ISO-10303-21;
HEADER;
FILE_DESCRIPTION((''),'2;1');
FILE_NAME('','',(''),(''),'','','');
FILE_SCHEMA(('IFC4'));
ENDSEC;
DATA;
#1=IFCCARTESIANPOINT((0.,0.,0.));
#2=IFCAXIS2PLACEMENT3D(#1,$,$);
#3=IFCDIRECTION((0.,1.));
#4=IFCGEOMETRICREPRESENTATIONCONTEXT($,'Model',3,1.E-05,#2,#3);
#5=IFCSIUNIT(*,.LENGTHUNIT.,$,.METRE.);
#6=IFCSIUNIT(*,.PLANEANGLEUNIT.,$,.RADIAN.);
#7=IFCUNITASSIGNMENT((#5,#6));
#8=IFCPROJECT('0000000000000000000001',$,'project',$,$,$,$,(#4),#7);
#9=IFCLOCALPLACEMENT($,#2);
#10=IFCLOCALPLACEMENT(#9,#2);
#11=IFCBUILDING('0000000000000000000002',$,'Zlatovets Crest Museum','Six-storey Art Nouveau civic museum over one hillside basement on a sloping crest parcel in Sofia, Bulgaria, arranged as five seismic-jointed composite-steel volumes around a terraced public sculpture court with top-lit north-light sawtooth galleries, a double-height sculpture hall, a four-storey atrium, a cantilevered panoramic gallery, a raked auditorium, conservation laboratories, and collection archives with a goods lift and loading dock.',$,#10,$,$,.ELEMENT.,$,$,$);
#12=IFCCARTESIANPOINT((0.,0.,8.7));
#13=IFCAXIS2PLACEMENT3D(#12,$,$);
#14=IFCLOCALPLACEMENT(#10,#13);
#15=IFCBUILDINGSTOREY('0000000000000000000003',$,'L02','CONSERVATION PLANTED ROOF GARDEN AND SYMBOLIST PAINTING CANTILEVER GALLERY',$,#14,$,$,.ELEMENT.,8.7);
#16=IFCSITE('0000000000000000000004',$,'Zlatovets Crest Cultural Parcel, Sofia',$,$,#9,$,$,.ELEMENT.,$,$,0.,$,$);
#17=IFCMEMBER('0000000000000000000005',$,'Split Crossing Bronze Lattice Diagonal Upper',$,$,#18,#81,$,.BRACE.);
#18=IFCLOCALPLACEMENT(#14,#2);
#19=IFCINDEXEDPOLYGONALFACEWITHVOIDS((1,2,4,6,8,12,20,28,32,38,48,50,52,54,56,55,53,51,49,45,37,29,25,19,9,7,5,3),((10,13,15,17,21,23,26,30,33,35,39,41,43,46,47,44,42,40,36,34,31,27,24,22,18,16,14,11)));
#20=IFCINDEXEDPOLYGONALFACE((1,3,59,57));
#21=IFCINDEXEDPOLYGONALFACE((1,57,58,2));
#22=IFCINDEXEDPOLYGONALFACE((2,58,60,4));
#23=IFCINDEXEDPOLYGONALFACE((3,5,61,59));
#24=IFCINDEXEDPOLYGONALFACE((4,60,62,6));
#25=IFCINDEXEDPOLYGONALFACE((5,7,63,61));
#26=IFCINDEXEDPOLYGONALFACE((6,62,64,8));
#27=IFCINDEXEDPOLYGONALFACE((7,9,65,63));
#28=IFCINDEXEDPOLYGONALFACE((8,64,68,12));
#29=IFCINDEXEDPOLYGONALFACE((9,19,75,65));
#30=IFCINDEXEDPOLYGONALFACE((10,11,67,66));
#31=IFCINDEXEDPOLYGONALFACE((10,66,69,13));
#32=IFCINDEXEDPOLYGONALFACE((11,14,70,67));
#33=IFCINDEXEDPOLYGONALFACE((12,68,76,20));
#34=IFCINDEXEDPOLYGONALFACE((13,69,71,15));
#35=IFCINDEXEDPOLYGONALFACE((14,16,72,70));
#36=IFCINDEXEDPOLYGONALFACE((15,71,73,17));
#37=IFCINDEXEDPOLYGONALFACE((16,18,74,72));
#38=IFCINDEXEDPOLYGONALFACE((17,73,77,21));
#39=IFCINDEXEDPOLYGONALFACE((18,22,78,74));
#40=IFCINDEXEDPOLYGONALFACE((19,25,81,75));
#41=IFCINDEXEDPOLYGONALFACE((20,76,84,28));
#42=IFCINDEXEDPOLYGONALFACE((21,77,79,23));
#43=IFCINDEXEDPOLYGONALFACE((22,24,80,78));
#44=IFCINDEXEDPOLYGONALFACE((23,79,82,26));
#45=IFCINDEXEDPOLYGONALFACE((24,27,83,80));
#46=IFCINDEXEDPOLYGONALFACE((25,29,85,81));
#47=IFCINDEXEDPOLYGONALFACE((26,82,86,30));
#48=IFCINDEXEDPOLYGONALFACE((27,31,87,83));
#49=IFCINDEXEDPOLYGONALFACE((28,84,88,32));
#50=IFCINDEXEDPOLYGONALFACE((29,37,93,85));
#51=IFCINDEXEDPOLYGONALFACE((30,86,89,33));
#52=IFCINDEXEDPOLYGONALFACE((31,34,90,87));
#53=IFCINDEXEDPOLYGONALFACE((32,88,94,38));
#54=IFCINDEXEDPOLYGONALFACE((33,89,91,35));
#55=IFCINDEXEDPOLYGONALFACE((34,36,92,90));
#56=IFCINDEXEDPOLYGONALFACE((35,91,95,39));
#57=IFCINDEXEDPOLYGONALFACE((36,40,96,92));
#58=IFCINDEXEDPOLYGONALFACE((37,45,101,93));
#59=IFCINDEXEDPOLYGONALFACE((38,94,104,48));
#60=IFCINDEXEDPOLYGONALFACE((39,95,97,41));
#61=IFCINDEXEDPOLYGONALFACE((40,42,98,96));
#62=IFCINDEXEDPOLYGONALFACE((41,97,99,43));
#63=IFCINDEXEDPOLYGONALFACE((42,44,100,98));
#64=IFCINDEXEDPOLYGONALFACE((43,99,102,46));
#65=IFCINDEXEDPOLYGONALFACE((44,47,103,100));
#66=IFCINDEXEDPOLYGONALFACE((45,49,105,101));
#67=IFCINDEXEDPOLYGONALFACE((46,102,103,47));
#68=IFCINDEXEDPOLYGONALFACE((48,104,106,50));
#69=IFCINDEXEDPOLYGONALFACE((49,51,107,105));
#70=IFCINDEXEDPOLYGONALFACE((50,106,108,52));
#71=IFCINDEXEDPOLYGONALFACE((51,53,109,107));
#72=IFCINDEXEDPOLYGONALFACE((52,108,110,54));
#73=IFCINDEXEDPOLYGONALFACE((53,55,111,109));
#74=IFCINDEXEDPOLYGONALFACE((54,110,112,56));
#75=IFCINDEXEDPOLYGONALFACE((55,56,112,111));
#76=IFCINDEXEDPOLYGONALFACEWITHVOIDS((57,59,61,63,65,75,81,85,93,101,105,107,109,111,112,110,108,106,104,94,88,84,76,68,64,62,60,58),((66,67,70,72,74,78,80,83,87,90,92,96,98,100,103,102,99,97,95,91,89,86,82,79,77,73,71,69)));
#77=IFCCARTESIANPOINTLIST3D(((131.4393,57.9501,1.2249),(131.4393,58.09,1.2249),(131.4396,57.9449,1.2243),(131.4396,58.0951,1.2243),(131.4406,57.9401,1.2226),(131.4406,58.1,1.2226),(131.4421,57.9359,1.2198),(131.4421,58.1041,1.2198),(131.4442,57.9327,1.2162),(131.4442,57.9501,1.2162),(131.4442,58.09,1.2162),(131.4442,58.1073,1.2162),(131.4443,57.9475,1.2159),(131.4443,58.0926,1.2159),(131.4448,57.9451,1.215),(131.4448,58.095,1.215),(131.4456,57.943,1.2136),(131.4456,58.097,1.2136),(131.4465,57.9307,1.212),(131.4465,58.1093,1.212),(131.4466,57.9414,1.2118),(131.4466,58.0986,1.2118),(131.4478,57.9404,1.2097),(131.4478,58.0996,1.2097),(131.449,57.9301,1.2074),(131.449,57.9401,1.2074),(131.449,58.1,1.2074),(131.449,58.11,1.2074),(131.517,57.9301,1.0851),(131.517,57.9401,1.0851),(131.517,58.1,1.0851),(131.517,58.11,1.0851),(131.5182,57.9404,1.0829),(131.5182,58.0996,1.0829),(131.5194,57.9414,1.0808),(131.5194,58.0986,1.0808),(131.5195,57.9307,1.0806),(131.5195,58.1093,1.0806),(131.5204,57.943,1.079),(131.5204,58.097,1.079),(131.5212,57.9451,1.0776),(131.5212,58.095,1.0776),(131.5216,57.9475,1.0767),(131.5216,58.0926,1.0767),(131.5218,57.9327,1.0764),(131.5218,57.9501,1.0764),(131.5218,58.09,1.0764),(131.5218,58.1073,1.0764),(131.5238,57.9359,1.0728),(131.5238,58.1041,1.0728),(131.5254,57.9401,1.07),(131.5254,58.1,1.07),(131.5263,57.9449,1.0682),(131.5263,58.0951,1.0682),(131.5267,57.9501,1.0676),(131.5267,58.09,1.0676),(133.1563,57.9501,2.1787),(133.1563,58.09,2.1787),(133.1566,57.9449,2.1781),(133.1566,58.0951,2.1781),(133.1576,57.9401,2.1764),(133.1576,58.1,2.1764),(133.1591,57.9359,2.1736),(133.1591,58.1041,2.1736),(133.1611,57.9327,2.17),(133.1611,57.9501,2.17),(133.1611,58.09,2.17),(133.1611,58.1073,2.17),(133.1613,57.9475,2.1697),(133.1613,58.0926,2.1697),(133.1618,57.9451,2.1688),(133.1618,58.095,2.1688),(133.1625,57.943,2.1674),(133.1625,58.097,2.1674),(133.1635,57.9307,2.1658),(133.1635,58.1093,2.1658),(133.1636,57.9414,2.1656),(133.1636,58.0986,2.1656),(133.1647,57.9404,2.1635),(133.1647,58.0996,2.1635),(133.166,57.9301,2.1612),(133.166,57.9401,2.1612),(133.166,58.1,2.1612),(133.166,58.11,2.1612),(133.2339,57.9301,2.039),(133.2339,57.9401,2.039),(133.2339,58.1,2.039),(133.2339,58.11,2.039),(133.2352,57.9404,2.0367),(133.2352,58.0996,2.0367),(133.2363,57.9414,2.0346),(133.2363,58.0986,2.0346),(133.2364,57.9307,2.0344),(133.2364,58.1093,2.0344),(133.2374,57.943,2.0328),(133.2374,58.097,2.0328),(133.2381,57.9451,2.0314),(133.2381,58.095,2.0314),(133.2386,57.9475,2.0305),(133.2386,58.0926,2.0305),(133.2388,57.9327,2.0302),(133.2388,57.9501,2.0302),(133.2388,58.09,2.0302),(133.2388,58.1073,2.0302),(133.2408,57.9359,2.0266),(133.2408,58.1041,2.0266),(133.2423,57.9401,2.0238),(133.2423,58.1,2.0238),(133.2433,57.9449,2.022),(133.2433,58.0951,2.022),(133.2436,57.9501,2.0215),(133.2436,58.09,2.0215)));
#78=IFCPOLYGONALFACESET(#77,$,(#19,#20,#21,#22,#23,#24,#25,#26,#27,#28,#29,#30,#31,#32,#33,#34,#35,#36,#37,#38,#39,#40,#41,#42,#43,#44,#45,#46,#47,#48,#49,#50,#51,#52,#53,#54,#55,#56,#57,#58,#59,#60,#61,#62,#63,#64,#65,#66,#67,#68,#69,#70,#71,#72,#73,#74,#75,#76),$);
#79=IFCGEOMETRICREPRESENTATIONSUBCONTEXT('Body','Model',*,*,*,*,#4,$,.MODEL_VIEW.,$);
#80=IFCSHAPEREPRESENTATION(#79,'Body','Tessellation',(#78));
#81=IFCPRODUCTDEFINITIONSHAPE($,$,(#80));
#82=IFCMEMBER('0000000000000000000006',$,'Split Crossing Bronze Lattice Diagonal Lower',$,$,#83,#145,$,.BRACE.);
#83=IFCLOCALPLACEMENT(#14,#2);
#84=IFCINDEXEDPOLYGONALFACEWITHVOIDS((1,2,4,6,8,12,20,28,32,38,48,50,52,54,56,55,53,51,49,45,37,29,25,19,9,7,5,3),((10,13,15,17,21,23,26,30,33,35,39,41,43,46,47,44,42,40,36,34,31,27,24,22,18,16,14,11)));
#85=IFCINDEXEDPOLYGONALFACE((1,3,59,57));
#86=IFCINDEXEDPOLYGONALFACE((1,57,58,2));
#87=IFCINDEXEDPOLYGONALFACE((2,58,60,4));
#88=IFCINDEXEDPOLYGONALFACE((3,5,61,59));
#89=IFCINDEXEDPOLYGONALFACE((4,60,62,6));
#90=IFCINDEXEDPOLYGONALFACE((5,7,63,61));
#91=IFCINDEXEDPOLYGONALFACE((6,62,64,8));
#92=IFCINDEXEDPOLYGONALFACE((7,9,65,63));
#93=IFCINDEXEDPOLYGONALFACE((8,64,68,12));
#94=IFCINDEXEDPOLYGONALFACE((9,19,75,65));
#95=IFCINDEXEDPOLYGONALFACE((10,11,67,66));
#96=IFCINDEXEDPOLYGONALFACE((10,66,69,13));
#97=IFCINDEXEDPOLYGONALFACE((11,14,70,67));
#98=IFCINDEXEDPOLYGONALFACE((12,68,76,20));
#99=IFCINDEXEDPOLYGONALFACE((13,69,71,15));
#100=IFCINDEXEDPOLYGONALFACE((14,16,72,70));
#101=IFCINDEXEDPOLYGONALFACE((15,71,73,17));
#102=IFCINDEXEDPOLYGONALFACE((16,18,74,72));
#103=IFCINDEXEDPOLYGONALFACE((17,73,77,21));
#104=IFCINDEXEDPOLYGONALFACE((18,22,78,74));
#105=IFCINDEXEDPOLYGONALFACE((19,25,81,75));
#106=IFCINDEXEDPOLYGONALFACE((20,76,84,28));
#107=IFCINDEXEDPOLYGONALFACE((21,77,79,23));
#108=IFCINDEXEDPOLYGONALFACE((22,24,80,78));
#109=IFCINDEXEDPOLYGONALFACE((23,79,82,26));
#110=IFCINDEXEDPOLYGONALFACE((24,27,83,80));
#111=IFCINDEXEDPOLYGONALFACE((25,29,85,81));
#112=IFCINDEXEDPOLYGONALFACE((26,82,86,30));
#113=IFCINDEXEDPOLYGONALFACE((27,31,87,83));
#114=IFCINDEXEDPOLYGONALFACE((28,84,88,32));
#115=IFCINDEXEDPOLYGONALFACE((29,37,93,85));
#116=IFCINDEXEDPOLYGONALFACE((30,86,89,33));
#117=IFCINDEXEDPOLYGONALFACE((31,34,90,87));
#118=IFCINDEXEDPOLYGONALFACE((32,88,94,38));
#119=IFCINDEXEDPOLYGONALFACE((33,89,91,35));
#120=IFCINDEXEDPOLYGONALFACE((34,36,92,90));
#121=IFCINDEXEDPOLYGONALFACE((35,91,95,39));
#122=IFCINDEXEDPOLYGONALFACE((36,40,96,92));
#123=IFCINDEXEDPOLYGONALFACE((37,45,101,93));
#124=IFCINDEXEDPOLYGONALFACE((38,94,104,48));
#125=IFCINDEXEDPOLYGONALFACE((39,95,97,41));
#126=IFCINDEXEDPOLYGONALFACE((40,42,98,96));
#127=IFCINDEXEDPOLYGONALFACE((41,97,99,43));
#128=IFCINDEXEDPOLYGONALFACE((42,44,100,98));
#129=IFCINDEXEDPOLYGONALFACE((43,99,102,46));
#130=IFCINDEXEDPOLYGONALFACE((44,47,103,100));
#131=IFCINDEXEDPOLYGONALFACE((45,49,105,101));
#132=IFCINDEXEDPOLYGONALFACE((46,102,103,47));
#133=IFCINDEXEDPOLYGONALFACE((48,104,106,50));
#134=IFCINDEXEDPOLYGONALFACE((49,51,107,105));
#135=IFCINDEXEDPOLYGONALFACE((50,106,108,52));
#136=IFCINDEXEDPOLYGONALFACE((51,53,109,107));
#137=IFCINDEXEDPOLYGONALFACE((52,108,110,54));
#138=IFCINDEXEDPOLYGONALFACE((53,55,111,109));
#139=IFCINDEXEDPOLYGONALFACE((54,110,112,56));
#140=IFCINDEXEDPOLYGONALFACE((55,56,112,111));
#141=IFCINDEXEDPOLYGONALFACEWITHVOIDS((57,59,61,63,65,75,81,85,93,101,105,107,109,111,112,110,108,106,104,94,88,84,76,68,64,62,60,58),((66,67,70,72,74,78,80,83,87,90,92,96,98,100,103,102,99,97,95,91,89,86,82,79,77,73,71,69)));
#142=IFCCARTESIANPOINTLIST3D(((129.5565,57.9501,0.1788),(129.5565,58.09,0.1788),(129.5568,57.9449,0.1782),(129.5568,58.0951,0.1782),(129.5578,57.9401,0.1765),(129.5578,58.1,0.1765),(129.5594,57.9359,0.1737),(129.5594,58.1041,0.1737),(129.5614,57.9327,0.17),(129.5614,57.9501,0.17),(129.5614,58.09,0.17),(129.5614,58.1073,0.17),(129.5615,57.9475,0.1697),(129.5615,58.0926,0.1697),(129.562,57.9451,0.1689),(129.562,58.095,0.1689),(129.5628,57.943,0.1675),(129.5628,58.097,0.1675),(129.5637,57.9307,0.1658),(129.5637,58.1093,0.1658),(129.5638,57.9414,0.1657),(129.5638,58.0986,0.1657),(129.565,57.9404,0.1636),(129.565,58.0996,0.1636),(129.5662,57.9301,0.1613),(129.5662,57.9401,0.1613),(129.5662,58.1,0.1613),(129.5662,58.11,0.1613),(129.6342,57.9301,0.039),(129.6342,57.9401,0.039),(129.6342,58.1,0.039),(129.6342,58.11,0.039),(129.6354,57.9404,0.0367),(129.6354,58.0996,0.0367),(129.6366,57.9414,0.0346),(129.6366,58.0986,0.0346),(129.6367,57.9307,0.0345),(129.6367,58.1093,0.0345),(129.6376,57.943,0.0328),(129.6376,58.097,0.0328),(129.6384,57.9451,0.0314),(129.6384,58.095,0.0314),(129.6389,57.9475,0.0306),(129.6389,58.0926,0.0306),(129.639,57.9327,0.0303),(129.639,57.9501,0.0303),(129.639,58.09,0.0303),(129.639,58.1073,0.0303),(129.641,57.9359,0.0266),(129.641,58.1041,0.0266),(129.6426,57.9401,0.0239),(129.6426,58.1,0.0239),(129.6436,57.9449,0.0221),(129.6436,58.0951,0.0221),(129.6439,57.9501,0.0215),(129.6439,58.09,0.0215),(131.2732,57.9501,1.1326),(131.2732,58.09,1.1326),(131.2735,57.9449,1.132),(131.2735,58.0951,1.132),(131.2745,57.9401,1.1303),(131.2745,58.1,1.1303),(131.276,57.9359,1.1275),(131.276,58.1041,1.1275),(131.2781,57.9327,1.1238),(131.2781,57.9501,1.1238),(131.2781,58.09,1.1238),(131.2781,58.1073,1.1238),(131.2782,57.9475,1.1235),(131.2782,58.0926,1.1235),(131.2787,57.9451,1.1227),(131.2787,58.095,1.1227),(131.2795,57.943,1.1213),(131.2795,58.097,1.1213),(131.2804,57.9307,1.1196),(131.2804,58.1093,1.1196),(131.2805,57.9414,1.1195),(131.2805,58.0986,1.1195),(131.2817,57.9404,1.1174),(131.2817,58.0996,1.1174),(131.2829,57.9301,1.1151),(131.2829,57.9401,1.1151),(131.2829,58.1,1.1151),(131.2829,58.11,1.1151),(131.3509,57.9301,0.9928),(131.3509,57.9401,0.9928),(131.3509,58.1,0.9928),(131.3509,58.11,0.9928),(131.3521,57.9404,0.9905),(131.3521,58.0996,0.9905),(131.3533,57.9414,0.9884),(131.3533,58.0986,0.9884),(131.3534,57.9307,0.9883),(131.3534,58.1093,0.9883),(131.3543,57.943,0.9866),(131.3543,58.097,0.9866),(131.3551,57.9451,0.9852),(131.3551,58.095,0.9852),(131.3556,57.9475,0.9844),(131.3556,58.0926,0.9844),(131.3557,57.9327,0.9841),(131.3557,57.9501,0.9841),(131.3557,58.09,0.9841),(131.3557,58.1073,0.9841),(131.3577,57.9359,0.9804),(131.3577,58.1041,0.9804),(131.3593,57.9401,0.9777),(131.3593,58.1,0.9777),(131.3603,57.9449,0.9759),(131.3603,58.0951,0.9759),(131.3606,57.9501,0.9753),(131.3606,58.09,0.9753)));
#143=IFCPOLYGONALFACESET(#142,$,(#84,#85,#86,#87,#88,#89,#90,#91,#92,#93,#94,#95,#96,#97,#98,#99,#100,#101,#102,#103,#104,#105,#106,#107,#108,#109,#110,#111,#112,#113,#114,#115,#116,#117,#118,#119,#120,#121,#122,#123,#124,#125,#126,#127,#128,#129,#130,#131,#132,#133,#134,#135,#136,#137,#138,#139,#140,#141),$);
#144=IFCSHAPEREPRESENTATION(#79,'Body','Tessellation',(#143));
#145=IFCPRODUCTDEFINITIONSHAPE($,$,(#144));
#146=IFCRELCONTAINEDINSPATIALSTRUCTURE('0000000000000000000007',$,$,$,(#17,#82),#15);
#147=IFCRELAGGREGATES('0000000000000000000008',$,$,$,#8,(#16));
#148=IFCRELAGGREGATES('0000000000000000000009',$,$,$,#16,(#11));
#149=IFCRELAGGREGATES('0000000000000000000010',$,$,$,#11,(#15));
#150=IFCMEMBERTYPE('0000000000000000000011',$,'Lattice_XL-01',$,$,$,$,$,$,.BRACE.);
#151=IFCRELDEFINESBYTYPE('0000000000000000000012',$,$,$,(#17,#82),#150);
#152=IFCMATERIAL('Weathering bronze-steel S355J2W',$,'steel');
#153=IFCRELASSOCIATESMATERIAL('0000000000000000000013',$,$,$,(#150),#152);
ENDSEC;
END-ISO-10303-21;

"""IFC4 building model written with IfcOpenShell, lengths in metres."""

from ifc_helpers import new_model, si_unit, direction, frame, origin, origin_2d, place, context, subcontext, project, spatial, hollow_rectangle, extrude, material, material_profile, profile_set, type_object, element, save


model = new_model("IFC4")

# Units and contexts
model_context = context("Model", 3, precision=1e-05, world=origin(), true_north=direction((0.0, 1.0)))
body_context = subcontext(model_context, "Body", "Model", "MODEL_VIEW")
ifc_project = project(units=[si_unit("LENGTHUNIT", "METRE"), si_unit("PLANEANGLEUNIT", "RADIAN")], contexts=[model_context])

# Site, building, storey
site_placement = place(None, origin())
site = spatial("IfcSite", under=ifc_project, at=site_placement, Name="Zlatovets Crest Cultural Parcel, Sofia", CompositionType="ELEMENT", RefElevation=0.0)
building_placement = place(site_placement, origin())
building = spatial("IfcBuilding", under=site, at=building_placement, Name="Zlatovets Crest Museum", Description="Six-storey Art Nouveau civic museum over one hillside basement on a sloping crest parcel in Sofia, Bulgaria, arranged as five seismic-jointed composite-steel volumes around a terraced public sculpture court with top-lit north-light sawtooth galleries, a double-height sculpture hall, a four-storey atrium, a cantilevered panoramic gallery, a raked auditorium, conservation laboratories, and collection archives with a goods lift and loading dock.", CompositionType="ELEMENT")
storey_placement = place(building_placement, frame((0.0, 0.0, 8.7)))
storey = spatial("IfcBuildingStorey", under=building, at=storey_placement, Name="L02", Description="CONSERVATION PLANTED ROOF GARDEN AND SYMBOLIST PAINTING CANTILEVER GALLERY", CompositionType="ELEMENT", Elevation=8.7)

# Members
ifc_material_1 = material(Name="Weathering bronze-steel S355J2W", Category="steel")
ifc_material_profile_1 = material_profile(ifc_material_1, hollow_rectangle(XDim=0.1799, YDim=0.1799, WallThickness=0.01, InnerFilletRadius=0.01, OuterFilletRadius=0.02, at=origin_2d()), Name="SHS 180x180x10.0")
ifc_profile_set_1 = profile_set([ifc_material_profile_1], Name="Weathering bronze-steel S355J2W")
member_type_1 = type_object("IfcMemberType", Name="Lattice_XL-01", PredefinedType="BRACE", material=ifc_profile_set_1)
member_1_placement = place(storey_placement, frame((133.2, 58.02, 2.1001), z_axis=(-0.874169, 0.0, -0.485622), x_axis=(0.0, -1.0, 0.0)))
element("IfcMember", 1, at=member_1_placement, inside=storey, type_object=member_type_1, Name="Split Crossing Bronze Lattice Diagonal Upper", PredefinedType="BRACE", context=body_context, shape_type="SweptSolid", body=[
    extrude(hollow_rectangle(XDim=0.1799, YDim=0.1799, WallThickness=0.01, InnerFilletRadius=0.01, OuterFilletRadius=0.02, at=origin_2d()), origin(), (0.0, 0.0, 1.0), 1.9641),
])
member_2_placement = place(storey_placement, frame((131.3169, 58.02, 1.054), z_axis=(-0.87414, 0.0, -0.485675), x_axis=(0.0, -1.0, 0.0)))
element("IfcMember", 2, at=member_2_placement, inside=storey, type_object=member_type_1, Name="Split Crossing Bronze Lattice Diagonal Lower", PredefinedType="BRACE", context=body_context, shape_type="SweptSolid", body=[
    extrude(hollow_rectangle(XDim=0.1799, YDim=0.1799, WallThickness=0.01, InnerFilletRadius=0.01, OuterFilletRadius=0.02, at=origin_2d()), origin(), (0.0, 0.0, 1.0), 1.9639),
])

save(model, "model.ifc")
